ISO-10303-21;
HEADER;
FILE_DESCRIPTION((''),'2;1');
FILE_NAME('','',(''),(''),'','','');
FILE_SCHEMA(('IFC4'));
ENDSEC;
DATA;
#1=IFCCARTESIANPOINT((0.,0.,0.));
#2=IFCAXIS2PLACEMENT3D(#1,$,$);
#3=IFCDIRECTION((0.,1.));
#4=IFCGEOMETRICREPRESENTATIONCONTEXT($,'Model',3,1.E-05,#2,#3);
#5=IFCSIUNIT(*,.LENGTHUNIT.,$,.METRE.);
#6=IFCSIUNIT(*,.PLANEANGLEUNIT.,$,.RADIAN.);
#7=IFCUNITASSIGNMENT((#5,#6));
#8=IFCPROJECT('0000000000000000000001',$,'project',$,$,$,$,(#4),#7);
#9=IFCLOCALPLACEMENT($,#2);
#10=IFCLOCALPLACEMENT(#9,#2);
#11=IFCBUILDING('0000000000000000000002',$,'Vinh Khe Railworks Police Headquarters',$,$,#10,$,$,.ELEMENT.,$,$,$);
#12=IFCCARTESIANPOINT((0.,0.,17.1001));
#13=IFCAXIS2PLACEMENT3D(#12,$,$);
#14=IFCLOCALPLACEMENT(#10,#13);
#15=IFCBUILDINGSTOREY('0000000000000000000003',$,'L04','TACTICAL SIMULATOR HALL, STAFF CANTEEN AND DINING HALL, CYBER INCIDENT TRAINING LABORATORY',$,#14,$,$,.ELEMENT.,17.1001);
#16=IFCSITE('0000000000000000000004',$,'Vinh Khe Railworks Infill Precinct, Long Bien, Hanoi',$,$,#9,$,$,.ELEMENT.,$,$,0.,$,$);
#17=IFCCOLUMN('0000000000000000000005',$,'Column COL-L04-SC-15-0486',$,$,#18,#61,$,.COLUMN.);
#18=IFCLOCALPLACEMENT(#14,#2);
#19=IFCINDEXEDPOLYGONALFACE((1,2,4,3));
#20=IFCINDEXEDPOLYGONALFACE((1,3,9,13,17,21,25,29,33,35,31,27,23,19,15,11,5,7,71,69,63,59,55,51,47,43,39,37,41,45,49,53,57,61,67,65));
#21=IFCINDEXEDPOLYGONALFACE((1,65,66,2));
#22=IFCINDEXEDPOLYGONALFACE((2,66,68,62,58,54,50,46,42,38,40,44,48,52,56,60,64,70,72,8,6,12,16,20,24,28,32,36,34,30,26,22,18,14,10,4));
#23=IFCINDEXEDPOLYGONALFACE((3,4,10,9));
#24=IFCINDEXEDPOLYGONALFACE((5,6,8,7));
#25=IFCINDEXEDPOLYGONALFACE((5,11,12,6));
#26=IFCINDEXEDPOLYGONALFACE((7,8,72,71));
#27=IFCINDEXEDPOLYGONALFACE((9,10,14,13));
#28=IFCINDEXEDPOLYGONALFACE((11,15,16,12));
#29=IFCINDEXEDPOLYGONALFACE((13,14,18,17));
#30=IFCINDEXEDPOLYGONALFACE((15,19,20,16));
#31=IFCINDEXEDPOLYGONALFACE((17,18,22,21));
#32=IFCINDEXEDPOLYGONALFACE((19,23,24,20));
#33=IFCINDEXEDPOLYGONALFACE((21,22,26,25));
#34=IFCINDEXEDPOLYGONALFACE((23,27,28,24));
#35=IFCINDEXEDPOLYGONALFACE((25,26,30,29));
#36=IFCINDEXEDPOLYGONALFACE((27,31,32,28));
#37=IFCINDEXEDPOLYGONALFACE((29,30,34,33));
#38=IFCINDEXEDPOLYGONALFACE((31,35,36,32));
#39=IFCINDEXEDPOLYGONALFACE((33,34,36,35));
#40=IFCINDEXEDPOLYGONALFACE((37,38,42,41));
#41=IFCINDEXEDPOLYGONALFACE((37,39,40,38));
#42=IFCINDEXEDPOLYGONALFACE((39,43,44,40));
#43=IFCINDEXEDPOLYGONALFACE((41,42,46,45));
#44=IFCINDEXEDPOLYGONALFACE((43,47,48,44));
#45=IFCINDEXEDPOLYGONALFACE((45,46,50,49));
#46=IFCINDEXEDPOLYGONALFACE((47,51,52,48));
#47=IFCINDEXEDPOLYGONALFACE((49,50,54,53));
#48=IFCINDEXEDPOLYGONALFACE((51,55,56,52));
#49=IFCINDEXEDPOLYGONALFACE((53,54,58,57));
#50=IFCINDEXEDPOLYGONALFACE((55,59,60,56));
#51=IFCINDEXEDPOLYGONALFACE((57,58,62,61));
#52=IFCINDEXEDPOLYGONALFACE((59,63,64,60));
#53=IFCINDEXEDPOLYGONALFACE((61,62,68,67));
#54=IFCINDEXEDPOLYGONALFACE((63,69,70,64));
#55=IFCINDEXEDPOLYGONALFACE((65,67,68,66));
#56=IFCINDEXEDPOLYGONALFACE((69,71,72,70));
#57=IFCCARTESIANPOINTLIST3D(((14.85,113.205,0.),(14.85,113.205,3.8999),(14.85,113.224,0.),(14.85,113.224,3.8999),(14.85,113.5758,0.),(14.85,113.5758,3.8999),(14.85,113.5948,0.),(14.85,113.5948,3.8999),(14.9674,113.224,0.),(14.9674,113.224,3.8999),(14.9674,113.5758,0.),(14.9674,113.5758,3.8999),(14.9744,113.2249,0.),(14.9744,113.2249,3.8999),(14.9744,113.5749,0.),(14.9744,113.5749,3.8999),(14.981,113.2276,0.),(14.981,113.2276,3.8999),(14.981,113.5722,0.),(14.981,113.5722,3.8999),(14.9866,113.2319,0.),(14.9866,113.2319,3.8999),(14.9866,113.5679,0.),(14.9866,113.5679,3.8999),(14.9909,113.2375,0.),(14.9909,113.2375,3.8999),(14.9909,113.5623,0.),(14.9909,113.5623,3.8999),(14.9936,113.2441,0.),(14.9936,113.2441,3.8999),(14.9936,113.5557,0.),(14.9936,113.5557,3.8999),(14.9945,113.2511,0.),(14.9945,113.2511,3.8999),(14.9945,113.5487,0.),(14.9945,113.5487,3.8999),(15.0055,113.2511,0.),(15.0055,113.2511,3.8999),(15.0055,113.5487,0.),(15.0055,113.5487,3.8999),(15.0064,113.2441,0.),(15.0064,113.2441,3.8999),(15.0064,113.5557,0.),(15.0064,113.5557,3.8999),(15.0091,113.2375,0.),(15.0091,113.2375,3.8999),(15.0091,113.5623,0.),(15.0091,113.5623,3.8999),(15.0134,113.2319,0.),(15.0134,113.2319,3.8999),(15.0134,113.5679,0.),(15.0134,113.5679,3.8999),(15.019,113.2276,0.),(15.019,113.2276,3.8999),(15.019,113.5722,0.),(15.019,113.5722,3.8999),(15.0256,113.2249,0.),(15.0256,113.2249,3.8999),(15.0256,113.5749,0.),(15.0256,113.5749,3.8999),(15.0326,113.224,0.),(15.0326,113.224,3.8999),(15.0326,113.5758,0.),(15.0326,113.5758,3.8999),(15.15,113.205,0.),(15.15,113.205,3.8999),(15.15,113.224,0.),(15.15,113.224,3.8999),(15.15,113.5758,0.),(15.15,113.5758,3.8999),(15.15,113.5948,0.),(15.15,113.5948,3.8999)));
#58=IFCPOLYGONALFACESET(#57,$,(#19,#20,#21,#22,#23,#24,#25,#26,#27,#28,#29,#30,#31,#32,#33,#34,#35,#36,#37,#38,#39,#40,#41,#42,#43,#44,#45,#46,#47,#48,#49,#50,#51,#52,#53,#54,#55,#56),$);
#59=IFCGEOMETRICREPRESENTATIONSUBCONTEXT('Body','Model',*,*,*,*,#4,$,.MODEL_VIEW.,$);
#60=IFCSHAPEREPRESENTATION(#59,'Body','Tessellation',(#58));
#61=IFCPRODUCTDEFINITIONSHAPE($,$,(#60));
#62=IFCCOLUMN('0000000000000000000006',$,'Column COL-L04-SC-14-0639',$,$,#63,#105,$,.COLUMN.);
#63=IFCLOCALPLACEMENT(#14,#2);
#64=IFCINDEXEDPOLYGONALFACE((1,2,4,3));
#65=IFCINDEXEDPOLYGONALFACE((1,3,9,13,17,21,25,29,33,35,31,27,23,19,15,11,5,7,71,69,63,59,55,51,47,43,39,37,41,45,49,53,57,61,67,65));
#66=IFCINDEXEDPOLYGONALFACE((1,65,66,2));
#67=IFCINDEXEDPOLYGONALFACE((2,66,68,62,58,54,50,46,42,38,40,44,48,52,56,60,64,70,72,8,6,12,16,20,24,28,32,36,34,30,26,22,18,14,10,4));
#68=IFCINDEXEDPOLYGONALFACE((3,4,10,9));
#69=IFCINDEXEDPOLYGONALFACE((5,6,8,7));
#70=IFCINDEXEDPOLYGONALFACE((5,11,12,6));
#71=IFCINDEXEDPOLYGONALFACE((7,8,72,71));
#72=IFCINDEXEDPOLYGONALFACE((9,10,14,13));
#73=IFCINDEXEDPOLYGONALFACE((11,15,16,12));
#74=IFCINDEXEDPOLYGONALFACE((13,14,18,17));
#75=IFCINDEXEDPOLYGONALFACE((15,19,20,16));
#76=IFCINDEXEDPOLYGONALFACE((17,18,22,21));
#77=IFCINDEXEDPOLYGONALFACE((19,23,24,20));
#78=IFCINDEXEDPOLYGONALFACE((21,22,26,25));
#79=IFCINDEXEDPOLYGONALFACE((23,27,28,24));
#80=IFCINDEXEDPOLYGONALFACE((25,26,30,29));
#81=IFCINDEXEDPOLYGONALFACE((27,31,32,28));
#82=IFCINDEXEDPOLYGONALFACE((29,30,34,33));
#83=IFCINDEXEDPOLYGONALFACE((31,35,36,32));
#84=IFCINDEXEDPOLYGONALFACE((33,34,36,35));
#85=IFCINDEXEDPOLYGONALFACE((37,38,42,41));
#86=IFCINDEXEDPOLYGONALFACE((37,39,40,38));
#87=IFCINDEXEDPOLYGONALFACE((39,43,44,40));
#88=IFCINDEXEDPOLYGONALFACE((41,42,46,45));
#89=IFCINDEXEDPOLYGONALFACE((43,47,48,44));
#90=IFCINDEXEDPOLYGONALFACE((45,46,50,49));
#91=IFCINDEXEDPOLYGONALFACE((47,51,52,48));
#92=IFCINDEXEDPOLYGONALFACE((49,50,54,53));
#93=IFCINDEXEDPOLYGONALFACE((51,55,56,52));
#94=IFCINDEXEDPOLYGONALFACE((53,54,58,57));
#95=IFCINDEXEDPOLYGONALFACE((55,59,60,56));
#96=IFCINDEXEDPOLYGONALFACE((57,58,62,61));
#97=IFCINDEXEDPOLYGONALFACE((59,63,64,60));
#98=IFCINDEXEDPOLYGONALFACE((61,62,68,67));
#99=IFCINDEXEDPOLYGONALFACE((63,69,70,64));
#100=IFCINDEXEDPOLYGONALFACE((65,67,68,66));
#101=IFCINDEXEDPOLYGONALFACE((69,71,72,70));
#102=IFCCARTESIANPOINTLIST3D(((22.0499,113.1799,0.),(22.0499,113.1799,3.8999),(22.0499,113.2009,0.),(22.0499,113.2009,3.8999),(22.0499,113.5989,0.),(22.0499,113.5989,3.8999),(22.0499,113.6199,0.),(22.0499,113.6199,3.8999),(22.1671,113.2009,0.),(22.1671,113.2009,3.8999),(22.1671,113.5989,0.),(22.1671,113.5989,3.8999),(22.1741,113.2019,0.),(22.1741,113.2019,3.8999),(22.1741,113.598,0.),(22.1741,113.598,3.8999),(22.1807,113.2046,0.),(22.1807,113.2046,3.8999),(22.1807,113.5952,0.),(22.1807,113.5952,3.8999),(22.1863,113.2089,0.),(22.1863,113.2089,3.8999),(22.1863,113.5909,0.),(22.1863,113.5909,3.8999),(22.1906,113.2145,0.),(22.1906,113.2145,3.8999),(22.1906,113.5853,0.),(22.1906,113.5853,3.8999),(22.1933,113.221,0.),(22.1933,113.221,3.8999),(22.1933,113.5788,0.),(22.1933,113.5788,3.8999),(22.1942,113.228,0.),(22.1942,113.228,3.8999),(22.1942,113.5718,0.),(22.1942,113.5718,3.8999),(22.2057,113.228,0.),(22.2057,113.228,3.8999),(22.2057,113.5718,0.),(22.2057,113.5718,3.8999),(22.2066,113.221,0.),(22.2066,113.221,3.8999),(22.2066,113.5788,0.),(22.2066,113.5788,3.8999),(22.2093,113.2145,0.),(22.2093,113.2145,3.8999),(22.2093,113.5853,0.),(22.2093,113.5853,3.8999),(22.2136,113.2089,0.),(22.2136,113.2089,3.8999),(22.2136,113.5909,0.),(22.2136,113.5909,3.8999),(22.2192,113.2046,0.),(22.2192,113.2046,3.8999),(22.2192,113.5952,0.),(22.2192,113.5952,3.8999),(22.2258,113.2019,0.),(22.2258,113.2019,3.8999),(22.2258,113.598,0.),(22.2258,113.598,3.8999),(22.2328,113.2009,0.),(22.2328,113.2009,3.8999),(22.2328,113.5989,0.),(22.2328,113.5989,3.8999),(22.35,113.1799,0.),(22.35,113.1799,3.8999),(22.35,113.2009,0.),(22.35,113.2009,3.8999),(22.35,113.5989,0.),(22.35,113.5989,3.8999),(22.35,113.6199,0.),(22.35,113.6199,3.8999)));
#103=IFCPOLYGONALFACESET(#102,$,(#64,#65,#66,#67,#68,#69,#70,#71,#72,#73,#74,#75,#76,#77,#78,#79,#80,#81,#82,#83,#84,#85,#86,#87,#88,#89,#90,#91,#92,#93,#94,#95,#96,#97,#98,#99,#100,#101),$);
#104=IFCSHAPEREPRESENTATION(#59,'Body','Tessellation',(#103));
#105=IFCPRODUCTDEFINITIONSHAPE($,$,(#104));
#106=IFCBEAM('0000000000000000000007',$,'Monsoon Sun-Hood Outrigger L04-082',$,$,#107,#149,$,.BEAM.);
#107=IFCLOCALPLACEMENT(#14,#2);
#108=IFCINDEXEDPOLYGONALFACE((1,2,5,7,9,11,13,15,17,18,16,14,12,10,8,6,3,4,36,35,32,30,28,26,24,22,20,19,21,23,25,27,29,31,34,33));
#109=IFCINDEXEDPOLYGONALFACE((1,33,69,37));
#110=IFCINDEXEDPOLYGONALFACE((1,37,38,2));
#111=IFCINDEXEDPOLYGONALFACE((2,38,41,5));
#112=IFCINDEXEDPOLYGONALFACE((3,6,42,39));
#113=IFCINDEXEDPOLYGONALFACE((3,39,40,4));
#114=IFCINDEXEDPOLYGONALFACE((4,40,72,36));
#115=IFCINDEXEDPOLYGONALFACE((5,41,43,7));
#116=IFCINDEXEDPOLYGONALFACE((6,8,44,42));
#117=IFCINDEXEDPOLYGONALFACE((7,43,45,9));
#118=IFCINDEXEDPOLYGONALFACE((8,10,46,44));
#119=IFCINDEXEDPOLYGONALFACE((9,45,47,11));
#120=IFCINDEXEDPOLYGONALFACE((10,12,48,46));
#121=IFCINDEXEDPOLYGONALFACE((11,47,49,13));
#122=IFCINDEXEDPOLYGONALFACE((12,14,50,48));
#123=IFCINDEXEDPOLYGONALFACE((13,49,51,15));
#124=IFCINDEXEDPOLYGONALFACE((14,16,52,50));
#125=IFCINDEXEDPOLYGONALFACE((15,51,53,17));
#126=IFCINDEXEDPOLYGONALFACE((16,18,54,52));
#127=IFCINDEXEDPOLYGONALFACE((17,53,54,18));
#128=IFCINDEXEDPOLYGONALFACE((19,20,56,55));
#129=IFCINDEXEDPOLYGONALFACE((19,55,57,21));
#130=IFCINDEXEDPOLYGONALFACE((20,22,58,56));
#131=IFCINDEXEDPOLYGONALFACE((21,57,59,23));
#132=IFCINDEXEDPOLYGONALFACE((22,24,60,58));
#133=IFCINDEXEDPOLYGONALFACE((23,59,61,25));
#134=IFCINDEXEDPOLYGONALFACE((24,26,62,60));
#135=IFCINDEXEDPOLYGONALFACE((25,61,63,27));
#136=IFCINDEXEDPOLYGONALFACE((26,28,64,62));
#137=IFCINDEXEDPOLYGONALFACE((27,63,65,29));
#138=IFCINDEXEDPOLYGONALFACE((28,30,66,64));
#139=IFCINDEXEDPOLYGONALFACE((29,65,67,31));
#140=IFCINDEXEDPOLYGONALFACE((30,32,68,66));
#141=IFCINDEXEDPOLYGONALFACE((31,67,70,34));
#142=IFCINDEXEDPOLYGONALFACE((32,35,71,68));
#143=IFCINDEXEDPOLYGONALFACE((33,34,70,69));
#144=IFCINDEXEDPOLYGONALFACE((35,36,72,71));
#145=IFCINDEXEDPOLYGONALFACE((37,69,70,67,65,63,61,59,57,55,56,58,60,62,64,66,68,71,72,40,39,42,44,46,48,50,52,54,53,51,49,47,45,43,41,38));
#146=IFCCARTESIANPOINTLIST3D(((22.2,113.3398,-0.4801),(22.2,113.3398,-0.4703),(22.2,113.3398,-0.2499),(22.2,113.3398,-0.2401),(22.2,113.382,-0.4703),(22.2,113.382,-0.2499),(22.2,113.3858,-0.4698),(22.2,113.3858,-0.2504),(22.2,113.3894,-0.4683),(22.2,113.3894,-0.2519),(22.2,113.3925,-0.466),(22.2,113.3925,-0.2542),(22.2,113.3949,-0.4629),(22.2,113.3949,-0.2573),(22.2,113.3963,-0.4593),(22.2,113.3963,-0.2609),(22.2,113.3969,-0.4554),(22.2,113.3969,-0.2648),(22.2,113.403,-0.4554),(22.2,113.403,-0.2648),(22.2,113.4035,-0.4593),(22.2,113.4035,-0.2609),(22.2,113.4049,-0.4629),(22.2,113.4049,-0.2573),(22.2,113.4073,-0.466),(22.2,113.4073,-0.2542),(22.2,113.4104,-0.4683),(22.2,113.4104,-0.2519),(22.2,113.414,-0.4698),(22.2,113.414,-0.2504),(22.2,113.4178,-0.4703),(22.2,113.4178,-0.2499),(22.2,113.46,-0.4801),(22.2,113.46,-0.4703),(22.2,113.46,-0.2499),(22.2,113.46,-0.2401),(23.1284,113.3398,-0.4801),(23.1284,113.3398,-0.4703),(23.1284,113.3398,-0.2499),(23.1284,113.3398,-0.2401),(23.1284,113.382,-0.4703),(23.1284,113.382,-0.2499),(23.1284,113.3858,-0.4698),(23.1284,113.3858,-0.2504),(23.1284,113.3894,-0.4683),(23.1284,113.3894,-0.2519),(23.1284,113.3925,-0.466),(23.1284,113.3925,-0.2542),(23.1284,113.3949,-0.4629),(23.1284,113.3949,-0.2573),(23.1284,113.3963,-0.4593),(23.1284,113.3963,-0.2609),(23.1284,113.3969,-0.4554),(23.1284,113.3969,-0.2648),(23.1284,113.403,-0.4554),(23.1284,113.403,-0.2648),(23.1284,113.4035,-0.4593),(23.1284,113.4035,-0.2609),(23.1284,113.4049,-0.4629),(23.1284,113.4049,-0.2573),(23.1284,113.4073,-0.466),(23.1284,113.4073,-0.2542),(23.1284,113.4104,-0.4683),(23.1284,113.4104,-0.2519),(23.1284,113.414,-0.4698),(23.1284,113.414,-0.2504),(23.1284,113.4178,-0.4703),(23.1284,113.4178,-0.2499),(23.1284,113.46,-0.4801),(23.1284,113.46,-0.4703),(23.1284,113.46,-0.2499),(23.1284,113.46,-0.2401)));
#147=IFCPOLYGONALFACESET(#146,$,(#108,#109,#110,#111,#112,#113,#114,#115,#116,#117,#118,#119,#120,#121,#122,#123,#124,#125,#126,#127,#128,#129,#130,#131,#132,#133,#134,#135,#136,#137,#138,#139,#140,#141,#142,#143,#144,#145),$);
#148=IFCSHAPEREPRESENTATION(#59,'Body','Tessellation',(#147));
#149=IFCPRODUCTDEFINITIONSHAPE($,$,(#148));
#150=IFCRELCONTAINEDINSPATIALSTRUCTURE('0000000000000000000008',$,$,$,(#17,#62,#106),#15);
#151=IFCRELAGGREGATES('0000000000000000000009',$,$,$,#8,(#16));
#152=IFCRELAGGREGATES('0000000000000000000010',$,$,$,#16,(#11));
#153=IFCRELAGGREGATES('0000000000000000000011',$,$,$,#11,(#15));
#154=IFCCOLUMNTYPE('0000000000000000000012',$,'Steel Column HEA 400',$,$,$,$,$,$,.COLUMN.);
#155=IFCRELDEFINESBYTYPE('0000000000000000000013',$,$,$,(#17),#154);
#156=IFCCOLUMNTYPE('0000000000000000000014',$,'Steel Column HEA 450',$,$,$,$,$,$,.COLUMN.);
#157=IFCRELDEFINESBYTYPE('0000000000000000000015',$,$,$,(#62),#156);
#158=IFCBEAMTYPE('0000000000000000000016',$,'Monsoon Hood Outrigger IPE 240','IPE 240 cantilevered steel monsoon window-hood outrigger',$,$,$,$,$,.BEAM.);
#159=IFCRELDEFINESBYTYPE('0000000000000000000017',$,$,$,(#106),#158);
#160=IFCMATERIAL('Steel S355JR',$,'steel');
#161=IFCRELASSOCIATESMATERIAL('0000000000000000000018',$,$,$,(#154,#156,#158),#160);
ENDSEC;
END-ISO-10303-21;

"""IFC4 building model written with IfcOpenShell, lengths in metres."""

from ifc_helpers import new_model, si_unit, direction, frame, origin, origin_2d, place, context, subcontext, project, spatial, i_section, extrude, material, material_profile, profile_set, type_object, element, save


model = new_model("IFC4")

# Units and contexts
model_context = context("Model", 3, precision=1e-05, world=origin(), true_north=direction((0.0, 1.0)))
body_context = subcontext(model_context, "Body", "Model", "MODEL_VIEW")
ifc_project = project(units=[si_unit("LENGTHUNIT", "METRE"), si_unit("PLANEANGLEUNIT", "RADIAN")], contexts=[model_context])

# Site, building, storey
site_placement = place(None, origin())
site = spatial("IfcSite", under=ifc_project, at=site_placement, Name="Vinh Khe Railworks Infill Precinct, Long Bien, Hanoi", CompositionType="ELEMENT", RefElevation=0.0)
building_placement = place(site_placement, origin())
building = spatial("IfcBuilding", under=site, at=building_placement, Name="Vinh Khe Railworks Police Headquarters", CompositionType="ELEMENT")
storey_placement = place(building_placement, frame((0.0, 0.0, 17.1001)))
storey = spatial("IfcBuildingStorey", under=building, at=storey_placement, Name="L04", Description="TACTICAL SIMULATOR HALL, STAFF CANTEEN AND DINING HALL, CYBER INCIDENT TRAINING LABORATORY", CompositionType="ELEMENT", Elevation=17.1001)

# Columns
ifc_material_1 = material(Name="Steel S355JR", Category="steel")
ifc_material_profile_1 = material_profile(ifc_material_1, i_section(OverallWidth=0.3, OverallDepth=0.3899, WebThickness=0.011, FlangeThickness=0.019, FilletRadius=0.0271, at=origin_2d()), Name="HEA 400")
ifc_profile_set_1 = profile_set([ifc_material_profile_1], Name="Steel S355JR")
column_type_1 = type_object("IfcColumnType", Name="Steel Column HEA 400", PredefinedType="COLUMN", material=ifc_profile_set_1)
column_1_placement = place(storey_placement, frame((15.0, 113.3999, 0.0), z_axis=(0.0, 0.0, 1.0), x_axis=(1.0, 0.0, 0.0)))
element("IfcColumn", 1, at=column_1_placement, inside=storey, type_object=column_type_1, Name="Column COL-L04-SC-15-0486", PredefinedType="COLUMN", context=body_context, shape_type="SweptSolid", body=[
    extrude(i_section(OverallWidth=0.3, OverallDepth=0.3899, WebThickness=0.011, FlangeThickness=0.019, FilletRadius=0.0271, at=origin_2d()), origin(), (0.0, 0.0, 1.0), 3.8999),
])
ifc_material_profile_2 = material_profile(ifc_material_1, i_section(OverallWidth=0.3, OverallDepth=0.4399, WebThickness=0.0115, FlangeThickness=0.021, FilletRadius=0.0271, at=origin_2d()), Name="HEA 450")
ifc_profile_set_2 = profile_set([ifc_material_profile_2], Name="Steel S355JR")
column_type_2 = type_object("IfcColumnType", Name="Steel Column HEA 450", PredefinedType="COLUMN", material=ifc_profile_set_2)
column_2_placement = place(storey_placement, frame((22.2, 113.3999, 0.0), z_axis=(0.0, 0.0, 1.0), x_axis=(1.0, 0.0, 0.0)))
element("IfcColumn", 2, at=column_2_placement, inside=storey, type_object=column_type_2, Name="Column COL-L04-SC-14-0639", PredefinedType="COLUMN", context=body_context, shape_type="SweptSolid", body=[
    extrude(i_section(OverallWidth=0.3, OverallDepth=0.4399, WebThickness=0.0115, FlangeThickness=0.021, FilletRadius=0.0271, at=origin_2d()), origin(), (0.0, 0.0, 1.0), 3.8999),
])

# Beam
ifc_material_profile_3 = material_profile(ifc_material_1, i_section(OverallWidth=0.1201, OverallDepth=0.24, WebThickness=0.0061, FlangeThickness=0.0098, FilletRadius=0.0149, at=origin_2d()), Name="IPE 240")
ifc_profile_set_3 = profile_set([ifc_material_profile_3], Name="Steel S355JR")
beam_type_1 = type_object("IfcBeamType", Name="Monsoon Hood Outrigger IPE 240", Description="IPE 240 cantilevered steel monsoon window-hood outrigger", PredefinedType="BEAM", material=ifc_profile_set_3)
beam_1_placement = place(storey_placement, frame((22.2, 113.3999, -0.3601), z_axis=(1.0, 0.0, 0.0), x_axis=(0.0, 1.0, 0.0)))
element("IfcBeam", 3, at=beam_1_placement, inside=storey, type_object=beam_type_1, Name="Monsoon Sun-Hood Outrigger L04-082", PredefinedType="BEAM", context=body_context, shape_type="SweptSolid", body=[
    extrude(i_section(OverallWidth=0.1201, OverallDepth=0.24, WebThickness=0.0061, FlangeThickness=0.0098, FilletRadius=0.0149, at=origin_2d()), origin(), (0.0, 0.0, 1.0), 0.9285),
])

save(model, "model.ifc")
